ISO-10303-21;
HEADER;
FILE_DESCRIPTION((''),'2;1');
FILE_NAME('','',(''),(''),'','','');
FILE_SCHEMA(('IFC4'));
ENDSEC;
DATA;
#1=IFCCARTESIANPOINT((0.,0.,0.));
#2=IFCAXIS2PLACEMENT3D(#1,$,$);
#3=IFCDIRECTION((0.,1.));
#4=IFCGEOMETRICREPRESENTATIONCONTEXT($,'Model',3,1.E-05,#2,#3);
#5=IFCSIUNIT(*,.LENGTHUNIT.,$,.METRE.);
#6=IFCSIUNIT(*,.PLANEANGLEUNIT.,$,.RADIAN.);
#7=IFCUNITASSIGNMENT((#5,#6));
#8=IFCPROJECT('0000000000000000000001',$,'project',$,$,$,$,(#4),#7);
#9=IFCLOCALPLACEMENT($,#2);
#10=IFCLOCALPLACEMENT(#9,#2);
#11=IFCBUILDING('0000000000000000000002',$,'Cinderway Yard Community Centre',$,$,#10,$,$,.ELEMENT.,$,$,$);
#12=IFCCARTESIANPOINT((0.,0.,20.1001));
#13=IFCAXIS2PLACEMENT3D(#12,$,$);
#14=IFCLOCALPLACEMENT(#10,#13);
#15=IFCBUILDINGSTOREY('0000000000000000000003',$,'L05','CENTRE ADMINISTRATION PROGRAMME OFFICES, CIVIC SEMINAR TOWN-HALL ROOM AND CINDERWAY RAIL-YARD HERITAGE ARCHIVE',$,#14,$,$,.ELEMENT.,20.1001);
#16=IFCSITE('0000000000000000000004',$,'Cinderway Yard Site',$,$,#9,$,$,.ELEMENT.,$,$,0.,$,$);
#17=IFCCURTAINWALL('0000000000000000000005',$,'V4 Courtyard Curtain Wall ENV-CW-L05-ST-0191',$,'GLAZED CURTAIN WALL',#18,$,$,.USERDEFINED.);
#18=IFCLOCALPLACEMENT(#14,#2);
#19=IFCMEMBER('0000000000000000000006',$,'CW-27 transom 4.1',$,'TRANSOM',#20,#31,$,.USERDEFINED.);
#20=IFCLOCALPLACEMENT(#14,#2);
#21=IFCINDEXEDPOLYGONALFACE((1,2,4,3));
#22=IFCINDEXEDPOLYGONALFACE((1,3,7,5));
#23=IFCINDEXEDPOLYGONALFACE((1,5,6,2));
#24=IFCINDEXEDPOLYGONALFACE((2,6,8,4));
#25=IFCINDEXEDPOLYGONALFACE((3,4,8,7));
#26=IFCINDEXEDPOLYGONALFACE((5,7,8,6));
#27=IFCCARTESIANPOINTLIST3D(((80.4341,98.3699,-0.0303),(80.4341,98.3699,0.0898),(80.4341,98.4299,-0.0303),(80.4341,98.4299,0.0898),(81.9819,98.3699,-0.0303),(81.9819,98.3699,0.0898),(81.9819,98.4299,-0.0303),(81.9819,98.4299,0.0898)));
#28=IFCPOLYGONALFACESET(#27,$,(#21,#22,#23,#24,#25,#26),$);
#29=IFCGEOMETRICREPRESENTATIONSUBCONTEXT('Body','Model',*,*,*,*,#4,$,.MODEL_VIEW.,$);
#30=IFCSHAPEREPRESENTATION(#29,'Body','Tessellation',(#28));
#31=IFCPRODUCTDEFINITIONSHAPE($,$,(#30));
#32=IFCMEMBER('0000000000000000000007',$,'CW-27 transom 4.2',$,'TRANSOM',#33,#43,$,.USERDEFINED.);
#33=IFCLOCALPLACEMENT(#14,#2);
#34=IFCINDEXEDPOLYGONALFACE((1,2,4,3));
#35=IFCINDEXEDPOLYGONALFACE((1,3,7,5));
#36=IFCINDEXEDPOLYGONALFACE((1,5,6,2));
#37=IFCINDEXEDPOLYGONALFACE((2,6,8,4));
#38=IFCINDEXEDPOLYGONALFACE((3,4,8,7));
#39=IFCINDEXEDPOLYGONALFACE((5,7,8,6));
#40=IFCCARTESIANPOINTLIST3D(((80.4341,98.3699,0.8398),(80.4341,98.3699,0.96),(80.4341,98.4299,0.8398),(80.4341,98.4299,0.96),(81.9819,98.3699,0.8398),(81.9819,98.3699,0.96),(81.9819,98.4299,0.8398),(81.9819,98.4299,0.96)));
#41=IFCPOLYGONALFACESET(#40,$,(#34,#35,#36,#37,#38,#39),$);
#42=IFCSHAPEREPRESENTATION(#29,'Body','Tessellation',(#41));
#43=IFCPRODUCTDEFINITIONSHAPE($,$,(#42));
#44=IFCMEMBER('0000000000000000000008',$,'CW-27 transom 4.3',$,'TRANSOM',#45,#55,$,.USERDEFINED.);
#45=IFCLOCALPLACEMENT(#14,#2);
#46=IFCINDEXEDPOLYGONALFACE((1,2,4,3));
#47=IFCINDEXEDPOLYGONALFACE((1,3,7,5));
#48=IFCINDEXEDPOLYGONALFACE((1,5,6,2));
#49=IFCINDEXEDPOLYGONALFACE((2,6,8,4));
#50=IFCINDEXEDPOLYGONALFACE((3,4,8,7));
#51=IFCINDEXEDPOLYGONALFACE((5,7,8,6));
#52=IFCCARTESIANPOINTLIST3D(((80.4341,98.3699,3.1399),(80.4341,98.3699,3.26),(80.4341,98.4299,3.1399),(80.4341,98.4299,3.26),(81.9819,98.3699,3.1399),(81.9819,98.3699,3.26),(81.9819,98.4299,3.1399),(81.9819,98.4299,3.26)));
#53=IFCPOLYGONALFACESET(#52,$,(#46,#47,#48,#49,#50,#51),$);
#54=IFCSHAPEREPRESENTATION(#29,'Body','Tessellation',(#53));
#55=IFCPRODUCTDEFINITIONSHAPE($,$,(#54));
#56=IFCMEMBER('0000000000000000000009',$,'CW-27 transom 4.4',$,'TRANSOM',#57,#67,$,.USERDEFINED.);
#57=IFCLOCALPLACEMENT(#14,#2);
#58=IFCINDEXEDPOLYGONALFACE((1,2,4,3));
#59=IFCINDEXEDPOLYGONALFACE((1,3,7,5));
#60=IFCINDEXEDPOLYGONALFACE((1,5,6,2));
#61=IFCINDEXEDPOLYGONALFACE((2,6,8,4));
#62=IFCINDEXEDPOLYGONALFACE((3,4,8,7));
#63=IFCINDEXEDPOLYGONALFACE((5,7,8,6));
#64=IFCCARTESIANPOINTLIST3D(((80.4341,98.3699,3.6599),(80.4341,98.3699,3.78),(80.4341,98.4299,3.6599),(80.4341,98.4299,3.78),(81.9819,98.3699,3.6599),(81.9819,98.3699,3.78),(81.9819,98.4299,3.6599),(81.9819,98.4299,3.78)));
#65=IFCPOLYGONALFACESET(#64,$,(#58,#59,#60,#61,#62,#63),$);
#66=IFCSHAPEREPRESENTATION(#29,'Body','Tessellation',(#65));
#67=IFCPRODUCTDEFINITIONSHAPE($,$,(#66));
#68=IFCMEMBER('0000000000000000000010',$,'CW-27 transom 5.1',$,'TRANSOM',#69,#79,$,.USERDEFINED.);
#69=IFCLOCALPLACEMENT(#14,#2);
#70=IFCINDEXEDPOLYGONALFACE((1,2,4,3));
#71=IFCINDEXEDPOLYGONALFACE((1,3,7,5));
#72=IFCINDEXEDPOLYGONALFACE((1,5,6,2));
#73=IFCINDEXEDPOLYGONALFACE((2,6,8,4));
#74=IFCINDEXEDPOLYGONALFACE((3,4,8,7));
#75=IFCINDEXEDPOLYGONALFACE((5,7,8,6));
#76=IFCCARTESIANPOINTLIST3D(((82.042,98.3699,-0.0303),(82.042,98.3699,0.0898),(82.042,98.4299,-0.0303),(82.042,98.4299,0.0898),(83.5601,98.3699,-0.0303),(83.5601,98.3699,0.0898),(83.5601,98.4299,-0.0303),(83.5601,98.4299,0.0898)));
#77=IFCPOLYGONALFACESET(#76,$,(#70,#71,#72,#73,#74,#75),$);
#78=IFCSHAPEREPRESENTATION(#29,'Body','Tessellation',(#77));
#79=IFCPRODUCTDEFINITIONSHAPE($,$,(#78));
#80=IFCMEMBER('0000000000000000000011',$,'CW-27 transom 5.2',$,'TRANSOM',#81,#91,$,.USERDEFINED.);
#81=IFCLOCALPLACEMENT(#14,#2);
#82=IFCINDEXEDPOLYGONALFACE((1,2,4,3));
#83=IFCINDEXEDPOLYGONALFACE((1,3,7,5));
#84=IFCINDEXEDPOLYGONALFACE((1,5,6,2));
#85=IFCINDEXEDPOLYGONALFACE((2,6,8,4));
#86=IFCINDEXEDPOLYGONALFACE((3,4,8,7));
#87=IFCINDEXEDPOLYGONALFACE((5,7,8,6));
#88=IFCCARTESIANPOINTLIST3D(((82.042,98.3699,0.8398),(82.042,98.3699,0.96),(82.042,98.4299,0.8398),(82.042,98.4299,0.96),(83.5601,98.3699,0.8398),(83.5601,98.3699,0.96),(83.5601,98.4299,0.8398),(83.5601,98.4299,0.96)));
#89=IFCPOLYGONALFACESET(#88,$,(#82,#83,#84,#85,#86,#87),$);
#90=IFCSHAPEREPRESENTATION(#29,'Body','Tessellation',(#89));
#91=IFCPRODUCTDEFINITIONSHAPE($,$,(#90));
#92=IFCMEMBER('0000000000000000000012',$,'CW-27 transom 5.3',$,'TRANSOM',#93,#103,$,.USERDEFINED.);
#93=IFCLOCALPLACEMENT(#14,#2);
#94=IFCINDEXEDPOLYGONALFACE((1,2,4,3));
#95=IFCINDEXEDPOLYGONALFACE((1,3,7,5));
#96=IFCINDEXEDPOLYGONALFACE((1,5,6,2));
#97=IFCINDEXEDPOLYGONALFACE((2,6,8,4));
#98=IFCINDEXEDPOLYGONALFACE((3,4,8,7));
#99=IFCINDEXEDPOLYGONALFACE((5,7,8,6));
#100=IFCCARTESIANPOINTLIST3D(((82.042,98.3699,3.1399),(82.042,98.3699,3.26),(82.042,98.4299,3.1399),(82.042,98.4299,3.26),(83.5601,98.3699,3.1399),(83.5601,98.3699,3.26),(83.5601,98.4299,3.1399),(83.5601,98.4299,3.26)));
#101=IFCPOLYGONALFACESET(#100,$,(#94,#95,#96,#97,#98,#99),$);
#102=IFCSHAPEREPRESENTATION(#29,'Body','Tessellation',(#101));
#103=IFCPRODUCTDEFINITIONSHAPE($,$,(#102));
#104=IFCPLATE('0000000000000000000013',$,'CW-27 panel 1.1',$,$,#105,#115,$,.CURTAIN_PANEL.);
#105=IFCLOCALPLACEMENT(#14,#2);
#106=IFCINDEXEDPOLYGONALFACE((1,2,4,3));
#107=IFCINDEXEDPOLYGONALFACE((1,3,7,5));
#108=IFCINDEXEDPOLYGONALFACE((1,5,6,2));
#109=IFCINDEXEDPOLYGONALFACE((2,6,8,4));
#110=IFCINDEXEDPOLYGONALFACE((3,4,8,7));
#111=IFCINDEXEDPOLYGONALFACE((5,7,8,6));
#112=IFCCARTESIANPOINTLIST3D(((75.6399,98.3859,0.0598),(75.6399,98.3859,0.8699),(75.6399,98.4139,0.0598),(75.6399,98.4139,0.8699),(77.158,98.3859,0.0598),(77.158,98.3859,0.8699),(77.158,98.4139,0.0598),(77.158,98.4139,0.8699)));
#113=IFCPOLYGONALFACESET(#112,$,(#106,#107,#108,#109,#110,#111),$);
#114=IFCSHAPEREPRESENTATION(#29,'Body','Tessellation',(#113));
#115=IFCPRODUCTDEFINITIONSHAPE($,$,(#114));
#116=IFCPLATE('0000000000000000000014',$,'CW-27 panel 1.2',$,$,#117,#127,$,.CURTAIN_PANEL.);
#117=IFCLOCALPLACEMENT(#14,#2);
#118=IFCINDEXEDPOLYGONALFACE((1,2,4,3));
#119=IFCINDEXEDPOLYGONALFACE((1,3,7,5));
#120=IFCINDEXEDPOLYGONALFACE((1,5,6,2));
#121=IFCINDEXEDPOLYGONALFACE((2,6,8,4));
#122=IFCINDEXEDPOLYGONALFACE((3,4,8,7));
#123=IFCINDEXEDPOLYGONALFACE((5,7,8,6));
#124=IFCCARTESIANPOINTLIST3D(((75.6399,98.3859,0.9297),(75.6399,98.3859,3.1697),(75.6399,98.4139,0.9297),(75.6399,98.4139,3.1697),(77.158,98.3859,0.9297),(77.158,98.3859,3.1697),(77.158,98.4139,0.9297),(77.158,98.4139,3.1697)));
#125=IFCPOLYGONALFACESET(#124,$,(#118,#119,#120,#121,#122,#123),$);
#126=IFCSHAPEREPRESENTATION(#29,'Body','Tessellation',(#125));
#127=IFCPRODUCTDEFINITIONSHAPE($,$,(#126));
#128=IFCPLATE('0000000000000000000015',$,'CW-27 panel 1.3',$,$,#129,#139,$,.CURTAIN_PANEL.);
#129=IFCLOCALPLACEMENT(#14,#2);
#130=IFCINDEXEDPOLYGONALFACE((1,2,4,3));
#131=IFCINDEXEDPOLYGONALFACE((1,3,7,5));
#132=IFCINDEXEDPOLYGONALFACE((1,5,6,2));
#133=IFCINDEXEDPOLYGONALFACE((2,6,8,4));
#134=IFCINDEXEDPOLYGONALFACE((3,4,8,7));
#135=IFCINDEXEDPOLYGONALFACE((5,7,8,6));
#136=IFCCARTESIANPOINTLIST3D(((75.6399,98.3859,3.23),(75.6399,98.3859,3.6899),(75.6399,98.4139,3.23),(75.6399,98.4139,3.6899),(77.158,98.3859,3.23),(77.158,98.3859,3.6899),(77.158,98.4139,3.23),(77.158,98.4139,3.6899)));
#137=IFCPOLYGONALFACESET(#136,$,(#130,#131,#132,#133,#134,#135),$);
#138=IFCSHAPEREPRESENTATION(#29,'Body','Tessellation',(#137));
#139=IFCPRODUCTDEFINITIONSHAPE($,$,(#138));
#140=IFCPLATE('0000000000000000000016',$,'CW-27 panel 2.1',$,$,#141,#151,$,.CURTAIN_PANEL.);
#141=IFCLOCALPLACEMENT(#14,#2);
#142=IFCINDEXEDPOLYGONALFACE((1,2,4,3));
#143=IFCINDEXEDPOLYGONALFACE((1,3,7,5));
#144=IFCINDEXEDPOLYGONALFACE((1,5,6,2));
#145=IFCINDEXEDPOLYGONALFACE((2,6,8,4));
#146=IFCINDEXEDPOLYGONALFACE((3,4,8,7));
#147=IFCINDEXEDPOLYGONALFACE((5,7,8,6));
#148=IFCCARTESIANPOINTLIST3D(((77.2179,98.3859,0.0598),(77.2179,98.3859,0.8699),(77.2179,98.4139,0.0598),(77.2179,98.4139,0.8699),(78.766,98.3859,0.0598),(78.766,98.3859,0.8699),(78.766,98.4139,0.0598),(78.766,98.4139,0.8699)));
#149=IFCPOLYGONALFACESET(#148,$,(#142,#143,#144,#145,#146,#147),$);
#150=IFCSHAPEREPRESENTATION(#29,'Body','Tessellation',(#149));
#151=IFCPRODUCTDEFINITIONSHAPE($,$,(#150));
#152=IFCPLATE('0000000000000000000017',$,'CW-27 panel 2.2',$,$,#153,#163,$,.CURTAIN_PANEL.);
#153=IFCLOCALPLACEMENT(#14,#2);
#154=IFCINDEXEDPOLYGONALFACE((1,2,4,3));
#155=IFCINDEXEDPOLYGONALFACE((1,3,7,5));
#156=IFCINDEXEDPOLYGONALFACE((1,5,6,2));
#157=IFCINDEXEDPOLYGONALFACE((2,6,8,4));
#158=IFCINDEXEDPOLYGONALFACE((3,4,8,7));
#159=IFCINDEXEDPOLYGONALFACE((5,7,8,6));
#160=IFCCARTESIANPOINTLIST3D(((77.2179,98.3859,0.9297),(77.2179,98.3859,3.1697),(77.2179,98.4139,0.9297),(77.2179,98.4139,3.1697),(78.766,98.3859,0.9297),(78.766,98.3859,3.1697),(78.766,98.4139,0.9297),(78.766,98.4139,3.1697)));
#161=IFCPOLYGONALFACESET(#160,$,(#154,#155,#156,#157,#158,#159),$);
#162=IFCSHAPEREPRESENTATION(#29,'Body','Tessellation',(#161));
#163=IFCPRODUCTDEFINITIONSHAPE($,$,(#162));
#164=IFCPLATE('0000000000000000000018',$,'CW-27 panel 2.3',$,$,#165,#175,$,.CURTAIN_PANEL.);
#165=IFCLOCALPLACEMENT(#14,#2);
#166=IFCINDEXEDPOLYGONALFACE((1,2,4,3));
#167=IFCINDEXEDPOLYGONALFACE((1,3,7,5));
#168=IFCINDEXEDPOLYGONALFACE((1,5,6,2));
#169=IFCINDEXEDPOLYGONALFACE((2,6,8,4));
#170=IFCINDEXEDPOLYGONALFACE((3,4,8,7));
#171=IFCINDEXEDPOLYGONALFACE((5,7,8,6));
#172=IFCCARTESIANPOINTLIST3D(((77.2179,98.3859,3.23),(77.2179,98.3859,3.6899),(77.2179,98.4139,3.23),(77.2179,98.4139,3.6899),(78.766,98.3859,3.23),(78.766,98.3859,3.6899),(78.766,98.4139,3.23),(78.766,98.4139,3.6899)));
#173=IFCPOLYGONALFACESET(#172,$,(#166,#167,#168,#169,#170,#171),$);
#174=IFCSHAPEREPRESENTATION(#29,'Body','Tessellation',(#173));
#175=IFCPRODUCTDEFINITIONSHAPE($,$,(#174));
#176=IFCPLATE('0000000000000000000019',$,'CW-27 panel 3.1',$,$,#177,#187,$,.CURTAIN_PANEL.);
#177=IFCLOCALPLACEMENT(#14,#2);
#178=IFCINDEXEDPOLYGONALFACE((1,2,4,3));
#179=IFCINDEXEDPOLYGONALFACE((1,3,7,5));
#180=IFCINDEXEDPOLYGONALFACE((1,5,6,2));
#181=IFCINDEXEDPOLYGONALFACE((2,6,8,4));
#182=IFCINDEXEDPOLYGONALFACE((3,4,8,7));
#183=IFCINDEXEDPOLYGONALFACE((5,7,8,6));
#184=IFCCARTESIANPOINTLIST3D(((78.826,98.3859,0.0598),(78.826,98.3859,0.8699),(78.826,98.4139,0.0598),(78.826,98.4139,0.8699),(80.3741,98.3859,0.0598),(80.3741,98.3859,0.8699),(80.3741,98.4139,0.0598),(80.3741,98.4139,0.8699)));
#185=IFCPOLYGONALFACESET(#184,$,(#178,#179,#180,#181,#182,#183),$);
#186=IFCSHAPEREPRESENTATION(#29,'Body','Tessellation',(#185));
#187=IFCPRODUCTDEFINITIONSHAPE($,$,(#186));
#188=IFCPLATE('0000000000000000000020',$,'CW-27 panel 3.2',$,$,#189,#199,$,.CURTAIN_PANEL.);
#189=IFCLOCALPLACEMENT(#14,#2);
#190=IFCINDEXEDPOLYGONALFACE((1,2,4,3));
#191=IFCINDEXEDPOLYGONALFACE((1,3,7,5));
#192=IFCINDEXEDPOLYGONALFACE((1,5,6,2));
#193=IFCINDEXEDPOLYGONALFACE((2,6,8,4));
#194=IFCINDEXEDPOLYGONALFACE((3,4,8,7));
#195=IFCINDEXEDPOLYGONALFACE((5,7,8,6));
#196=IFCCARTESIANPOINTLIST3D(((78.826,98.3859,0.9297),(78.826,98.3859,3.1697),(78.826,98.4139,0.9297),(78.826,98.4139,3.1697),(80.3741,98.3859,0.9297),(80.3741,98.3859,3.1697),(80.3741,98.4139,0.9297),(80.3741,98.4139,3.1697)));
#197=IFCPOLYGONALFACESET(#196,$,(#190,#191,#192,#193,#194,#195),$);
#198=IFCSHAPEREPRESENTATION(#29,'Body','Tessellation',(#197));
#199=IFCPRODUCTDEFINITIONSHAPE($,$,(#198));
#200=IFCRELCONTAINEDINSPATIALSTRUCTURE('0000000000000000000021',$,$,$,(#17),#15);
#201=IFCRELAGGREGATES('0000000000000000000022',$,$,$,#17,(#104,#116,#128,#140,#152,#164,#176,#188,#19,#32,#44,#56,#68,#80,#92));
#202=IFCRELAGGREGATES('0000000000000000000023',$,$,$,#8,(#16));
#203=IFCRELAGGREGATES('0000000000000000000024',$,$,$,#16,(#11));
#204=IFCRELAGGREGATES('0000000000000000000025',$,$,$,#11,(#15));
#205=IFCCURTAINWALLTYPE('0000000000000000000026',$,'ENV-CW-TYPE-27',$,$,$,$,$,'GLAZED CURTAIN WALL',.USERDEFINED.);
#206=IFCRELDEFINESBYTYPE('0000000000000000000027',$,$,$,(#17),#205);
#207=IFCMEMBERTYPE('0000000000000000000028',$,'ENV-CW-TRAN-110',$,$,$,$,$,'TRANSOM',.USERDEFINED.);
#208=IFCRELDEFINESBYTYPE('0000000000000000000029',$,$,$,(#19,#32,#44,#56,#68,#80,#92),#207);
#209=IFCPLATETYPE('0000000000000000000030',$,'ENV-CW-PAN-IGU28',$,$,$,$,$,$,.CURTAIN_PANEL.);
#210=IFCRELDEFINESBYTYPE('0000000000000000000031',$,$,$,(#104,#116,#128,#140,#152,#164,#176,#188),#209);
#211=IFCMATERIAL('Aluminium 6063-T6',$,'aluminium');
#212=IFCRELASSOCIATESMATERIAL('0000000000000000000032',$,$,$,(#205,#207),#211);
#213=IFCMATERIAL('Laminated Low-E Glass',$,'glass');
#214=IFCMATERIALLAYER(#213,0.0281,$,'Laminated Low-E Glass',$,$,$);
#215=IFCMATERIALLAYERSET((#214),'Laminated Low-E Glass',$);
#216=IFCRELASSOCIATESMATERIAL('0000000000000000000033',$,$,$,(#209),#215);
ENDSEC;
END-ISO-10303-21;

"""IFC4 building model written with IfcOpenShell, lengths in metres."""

from ifc_helpers import new_model, si_unit, direction, frame, origin, origin_2d, place, context, subcontext, project, spatial, rectangle, extrude, material, layer, layer_set, material_profile, profile_set, type_object, element, aggregate, save


model = new_model("IFC4")

# Units and contexts
model_context = context("Model", 3, precision=1e-05, world=origin(), true_north=direction((0.0, 1.0)))
body_context = subcontext(model_context, "Body", "Model", "MODEL_VIEW")
ifc_project = project(units=[si_unit("LENGTHUNIT", "METRE"), si_unit("PLANEANGLEUNIT", "RADIAN")], contexts=[model_context])

# Site, building, storey
site_placement = place(None, origin())
site = spatial("IfcSite", under=ifc_project, at=site_placement, Name="Cinderway Yard Site", CompositionType="ELEMENT", RefElevation=0.0)
building_placement = place(site_placement, origin())
building = spatial("IfcBuilding", under=site, at=building_placement, Name="Cinderway Yard Community Centre", CompositionType="ELEMENT")
storey_placement = place(building_placement, frame((0.0, 0.0, 20.1001)))
storey = spatial("IfcBuildingStorey", under=building, at=storey_placement, Name="L05", Description="CENTRE ADMINISTRATION PROGRAMME OFFICES, CIVIC SEMINAR TOWN-HALL ROOM AND CINDERWAY RAIL-YARD HERITAGE ARCHIVE", CompositionType="ELEMENT", Elevation=20.1001)

# Curtain wall, members, plates
ifc_material_1 = material(Name="Aluminium 6063-T6", Category="aluminium")
curtain_wall_type = type_object("IfcCurtainWallType", Name="ENV-CW-TYPE-27", ElementType="GLAZED CURTAIN WALL", PredefinedType="USERDEFINED", material=ifc_material_1)
curtain_wall_placement = place(storey_placement, origin())
curtain_wall = element("IfcCurtainWall", 1, at=curtain_wall_placement, inside=storey, type_object=curtain_wall_type, Name="V4 Courtyard Curtain Wall ENV-CW-L05-ST-0191", ObjectType="GLAZED CURTAIN WALL", PredefinedType="USERDEFINED")
ifc_material_profile_1 = material_profile(ifc_material_1, rectangle(XDim=0.0601, YDim=0.1201, at=origin_2d()), Name="Aluminium 6063-T6")
ifc_profile_set_1 = profile_set([ifc_material_profile_1], Name="Aluminium 6063-T6")
member_type_1 = type_object("IfcMemberType", Name="ENV-CW-TRAN-110", ElementType="TRANSOM", PredefinedType="USERDEFINED", material=ifc_profile_set_1)
member_1_placement = place(storey_placement, frame((80.4341, 98.3999, 0.0298), z_axis=(1.0, 0.0, 0.0), x_axis=(0.0, 1.0, 0.0)))
member_1 = element("IfcMember", 2, at=member_1_placement, type_object=member_type_1, Name="CW-27 transom 4.1", ObjectType="TRANSOM", PredefinedType="USERDEFINED", context=body_context, shape_type="SweptSolid", body=[
    extrude(rectangle(XDim=0.0601, YDim=0.1201, at=origin_2d()), origin(), (0.0, 0.0, 1.0), 1.5479),
])
member_2_placement = place(storey_placement, frame((80.4341, 98.3999, 0.8999), z_axis=(1.0, 0.0, 0.0), x_axis=(0.0, 1.0, 0.0)))
member_2 = element("IfcMember", 3, at=member_2_placement, type_object=member_type_1, Name="CW-27 transom 4.2", ObjectType="TRANSOM", PredefinedType="USERDEFINED", context=body_context, shape_type="SweptSolid", body=[
    extrude(rectangle(XDim=0.0601, YDim=0.1201, at=origin_2d()), origin(), (0.0, 0.0, 1.0), 1.5479),
])
member_3_placement = place(storey_placement, frame((80.4341, 98.3999, 3.2), z_axis=(1.0, 0.0, 0.0), x_axis=(0.0, 1.0, 0.0)))
member_3 = element("IfcMember", 4, at=member_3_placement, type_object=member_type_1, Name="CW-27 transom 4.3", ObjectType="TRANSOM", PredefinedType="USERDEFINED", context=body_context, shape_type="SweptSolid", body=[
    extrude(rectangle(XDim=0.0601, YDim=0.1201, at=origin_2d()), origin(), (0.0, 0.0, 1.0), 1.5479),
])
member_4_placement = place(storey_placement, frame((80.4341, 98.3999, 3.72), z_axis=(1.0, 0.0, 0.0), x_axis=(0.0, 1.0, 0.0)))
member_4 = element("IfcMember", 5, at=member_4_placement, type_object=member_type_1, Name="CW-27 transom 4.4", ObjectType="TRANSOM", PredefinedType="USERDEFINED", context=body_context, shape_type="SweptSolid", body=[
    extrude(rectangle(XDim=0.0601, YDim=0.1201, at=origin_2d()), origin(), (0.0, 0.0, 1.0), 1.5479),
])
member_5_placement = place(storey_placement, frame((82.042, 98.3999, 0.0298), z_axis=(1.0, 0.0, 0.0), x_axis=(0.0, 1.0, 0.0)))
member_5 = element("IfcMember", 6, at=member_5_placement, type_object=member_type_1, Name="CW-27 transom 5.1", ObjectType="TRANSOM", PredefinedType="USERDEFINED", context=body_context, shape_type="SweptSolid", body=[
    extrude(rectangle(XDim=0.0601, YDim=0.1201, at=origin_2d()), origin(), (0.0, 0.0, 1.0), 1.5181),
])
member_6_placement = place(storey_placement, frame((82.042, 98.3999, 0.8999), z_axis=(1.0, 0.0, 0.0), x_axis=(0.0, 1.0, 0.0)))
member_6 = element("IfcMember", 7, at=member_6_placement, type_object=member_type_1, Name="CW-27 transom 5.2", ObjectType="TRANSOM", PredefinedType="USERDEFINED", context=body_context, shape_type="SweptSolid", body=[
    extrude(rectangle(XDim=0.0601, YDim=0.1201, at=origin_2d()), origin(), (0.0, 0.0, 1.0), 1.5181),
])
member_7_placement = place(storey_placement, frame((82.042, 98.3999, 3.2), z_axis=(1.0, 0.0, 0.0), x_axis=(0.0, 1.0, 0.0)))
member_7 = element("IfcMember", 8, at=member_7_placement, type_object=member_type_1, Name="CW-27 transom 5.3", ObjectType="TRANSOM", PredefinedType="USERDEFINED", context=body_context, shape_type="SweptSolid", body=[
    extrude(rectangle(XDim=0.0601, YDim=0.1201, at=origin_2d()), origin(), (0.0, 0.0, 1.0), 1.5181),
])
ifc_material_2 = material(Name="Laminated Low-E Glass", Category="glass")
ifc_layer = layer(ifc_material_2, 0.0281, Name="Laminated Low-E Glass")
ifc_layer_set = layer_set([ifc_layer], Name="Laminated Low-E Glass")
plate_type = type_object("IfcPlateType", Name="ENV-CW-PAN-IGU28", PredefinedType="CURTAIN_PANEL", material=ifc_layer_set)
plate_1_placement = place(storey_placement, frame((76.3989, 98.3999, 0.0598), z_axis=(0.0, 0.0, 1.0), x_axis=(1.0, 0.0, 0.0)))
plate_1 = element("IfcPlate", 9, at=plate_1_placement, type_object=plate_type, Name="CW-27 panel 1.1", PredefinedType="CURTAIN_PANEL", context=body_context, shape_type="SweptSolid", body=[
    extrude(rectangle(XDim=1.5181, YDim=0.0281, at=origin_2d()), origin(), (0.0, 0.0, 1.0), 0.8101),
])
plate_2_placement = place(storey_placement, frame((76.3989, 98.3999, 0.9297), z_axis=(0.0, 0.0, 1.0), x_axis=(1.0, 0.0, 0.0)))
plate_2 = element("IfcPlate", 10, at=plate_2_placement, type_object=plate_type, Name="CW-27 panel 1.2", PredefinedType="CURTAIN_PANEL", context=body_context, shape_type="SweptSolid", body=[
    extrude(rectangle(XDim=1.5181, YDim=0.0281, at=origin_2d()), origin(), (0.0, 0.0, 1.0), 2.24),
])
plate_3_placement = place(storey_placement, frame((76.3989, 98.3999, 3.23), z_axis=(0.0, 0.0, 1.0), x_axis=(1.0, 0.0, 0.0)))
plate_3 = element("IfcPlate", 11, at=plate_3_placement, type_object=plate_type, Name="CW-27 panel 1.3", PredefinedType="CURTAIN_PANEL", context=body_context, shape_type="SweptSolid", body=[
    extrude(rectangle(XDim=1.5181, YDim=0.0281, at=origin_2d()), origin(), (0.0, 0.0, 1.0), 0.46),
])
plate_4_placement = place(storey_placement, frame((77.9919, 98.3999, 0.0598), z_axis=(0.0, 0.0, 1.0), x_axis=(1.0, 0.0, 0.0)))
plate_4 = element("IfcPlate", 12, at=plate_4_placement, type_object=plate_type, Name="CW-27 panel 2.1", PredefinedType="CURTAIN_PANEL", context=body_context, shape_type="SweptSolid", body=[
    extrude(rectangle(XDim=1.5481, YDim=0.0281, at=origin_2d()), origin(), (0.0, 0.0, 1.0), 0.8101),
])
plate_5_placement = place(storey_placement, frame((77.9919, 98.3999, 0.9297), z_axis=(0.0, 0.0, 1.0), x_axis=(1.0, 0.0, 0.0)))
plate_5 = element("IfcPlate", 13, at=plate_5_placement, type_object=plate_type, Name="CW-27 panel 2.2", PredefinedType="CURTAIN_PANEL", context=body_context, shape_type="SweptSolid", body=[
    extrude(rectangle(XDim=1.5481, YDim=0.0281, at=origin_2d()), origin(), (0.0, 0.0, 1.0), 2.24),
])
plate_6_placement = place(storey_placement, frame((77.9919, 98.3999, 3.23), z_axis=(0.0, 0.0, 1.0), x_axis=(1.0, 0.0, 0.0)))
plate_6 = element("IfcPlate", 14, at=plate_6_placement, type_object=plate_type, Name="CW-27 panel 2.3", PredefinedType="CURTAIN_PANEL", context=body_context, shape_type="SweptSolid", body=[
    extrude(rectangle(XDim=1.5481, YDim=0.0281, at=origin_2d()), origin(), (0.0, 0.0, 1.0), 0.46),
])
plate_7_placement = place(storey_placement, frame((79.6001, 98.3999, 0.0598), z_axis=(0.0, 0.0, 1.0), x_axis=(1.0, 0.0, 0.0)))
plate_7 = element("IfcPlate", 15, at=plate_7_placement, type_object=plate_type, Name="CW-27 panel 3.1", PredefinedType="CURTAIN_PANEL", context=body_context, shape_type="SweptSolid", body=[
    extrude(rectangle(XDim=1.5481, YDim=0.0281, at=origin_2d()), origin(), (0.0, 0.0, 1.0), 0.8101),
])
plate_8_placement = place(storey_placement, frame((79.6001, 98.3999, 0.9297), z_axis=(0.0, 0.0, 1.0), x_axis=(1.0, 0.0, 0.0)))
plate_8 = element("IfcPlate", 16, at=plate_8_placement, type_object=plate_type, Name="CW-27 panel 3.2", PredefinedType="CURTAIN_PANEL", context=body_context, shape_type="SweptSolid", body=[
    extrude(rectangle(XDim=1.5481, YDim=0.0281, at=origin_2d()), origin(), (0.0, 0.0, 1.0), 2.24),
])
aggregate(curtain_wall, [plate_1, plate_2, plate_3, plate_4, plate_5, plate_6, plate_7, plate_8, member_1, member_2, member_3, member_4, member_5, member_6, member_7])

save(model, "model.ifc")
